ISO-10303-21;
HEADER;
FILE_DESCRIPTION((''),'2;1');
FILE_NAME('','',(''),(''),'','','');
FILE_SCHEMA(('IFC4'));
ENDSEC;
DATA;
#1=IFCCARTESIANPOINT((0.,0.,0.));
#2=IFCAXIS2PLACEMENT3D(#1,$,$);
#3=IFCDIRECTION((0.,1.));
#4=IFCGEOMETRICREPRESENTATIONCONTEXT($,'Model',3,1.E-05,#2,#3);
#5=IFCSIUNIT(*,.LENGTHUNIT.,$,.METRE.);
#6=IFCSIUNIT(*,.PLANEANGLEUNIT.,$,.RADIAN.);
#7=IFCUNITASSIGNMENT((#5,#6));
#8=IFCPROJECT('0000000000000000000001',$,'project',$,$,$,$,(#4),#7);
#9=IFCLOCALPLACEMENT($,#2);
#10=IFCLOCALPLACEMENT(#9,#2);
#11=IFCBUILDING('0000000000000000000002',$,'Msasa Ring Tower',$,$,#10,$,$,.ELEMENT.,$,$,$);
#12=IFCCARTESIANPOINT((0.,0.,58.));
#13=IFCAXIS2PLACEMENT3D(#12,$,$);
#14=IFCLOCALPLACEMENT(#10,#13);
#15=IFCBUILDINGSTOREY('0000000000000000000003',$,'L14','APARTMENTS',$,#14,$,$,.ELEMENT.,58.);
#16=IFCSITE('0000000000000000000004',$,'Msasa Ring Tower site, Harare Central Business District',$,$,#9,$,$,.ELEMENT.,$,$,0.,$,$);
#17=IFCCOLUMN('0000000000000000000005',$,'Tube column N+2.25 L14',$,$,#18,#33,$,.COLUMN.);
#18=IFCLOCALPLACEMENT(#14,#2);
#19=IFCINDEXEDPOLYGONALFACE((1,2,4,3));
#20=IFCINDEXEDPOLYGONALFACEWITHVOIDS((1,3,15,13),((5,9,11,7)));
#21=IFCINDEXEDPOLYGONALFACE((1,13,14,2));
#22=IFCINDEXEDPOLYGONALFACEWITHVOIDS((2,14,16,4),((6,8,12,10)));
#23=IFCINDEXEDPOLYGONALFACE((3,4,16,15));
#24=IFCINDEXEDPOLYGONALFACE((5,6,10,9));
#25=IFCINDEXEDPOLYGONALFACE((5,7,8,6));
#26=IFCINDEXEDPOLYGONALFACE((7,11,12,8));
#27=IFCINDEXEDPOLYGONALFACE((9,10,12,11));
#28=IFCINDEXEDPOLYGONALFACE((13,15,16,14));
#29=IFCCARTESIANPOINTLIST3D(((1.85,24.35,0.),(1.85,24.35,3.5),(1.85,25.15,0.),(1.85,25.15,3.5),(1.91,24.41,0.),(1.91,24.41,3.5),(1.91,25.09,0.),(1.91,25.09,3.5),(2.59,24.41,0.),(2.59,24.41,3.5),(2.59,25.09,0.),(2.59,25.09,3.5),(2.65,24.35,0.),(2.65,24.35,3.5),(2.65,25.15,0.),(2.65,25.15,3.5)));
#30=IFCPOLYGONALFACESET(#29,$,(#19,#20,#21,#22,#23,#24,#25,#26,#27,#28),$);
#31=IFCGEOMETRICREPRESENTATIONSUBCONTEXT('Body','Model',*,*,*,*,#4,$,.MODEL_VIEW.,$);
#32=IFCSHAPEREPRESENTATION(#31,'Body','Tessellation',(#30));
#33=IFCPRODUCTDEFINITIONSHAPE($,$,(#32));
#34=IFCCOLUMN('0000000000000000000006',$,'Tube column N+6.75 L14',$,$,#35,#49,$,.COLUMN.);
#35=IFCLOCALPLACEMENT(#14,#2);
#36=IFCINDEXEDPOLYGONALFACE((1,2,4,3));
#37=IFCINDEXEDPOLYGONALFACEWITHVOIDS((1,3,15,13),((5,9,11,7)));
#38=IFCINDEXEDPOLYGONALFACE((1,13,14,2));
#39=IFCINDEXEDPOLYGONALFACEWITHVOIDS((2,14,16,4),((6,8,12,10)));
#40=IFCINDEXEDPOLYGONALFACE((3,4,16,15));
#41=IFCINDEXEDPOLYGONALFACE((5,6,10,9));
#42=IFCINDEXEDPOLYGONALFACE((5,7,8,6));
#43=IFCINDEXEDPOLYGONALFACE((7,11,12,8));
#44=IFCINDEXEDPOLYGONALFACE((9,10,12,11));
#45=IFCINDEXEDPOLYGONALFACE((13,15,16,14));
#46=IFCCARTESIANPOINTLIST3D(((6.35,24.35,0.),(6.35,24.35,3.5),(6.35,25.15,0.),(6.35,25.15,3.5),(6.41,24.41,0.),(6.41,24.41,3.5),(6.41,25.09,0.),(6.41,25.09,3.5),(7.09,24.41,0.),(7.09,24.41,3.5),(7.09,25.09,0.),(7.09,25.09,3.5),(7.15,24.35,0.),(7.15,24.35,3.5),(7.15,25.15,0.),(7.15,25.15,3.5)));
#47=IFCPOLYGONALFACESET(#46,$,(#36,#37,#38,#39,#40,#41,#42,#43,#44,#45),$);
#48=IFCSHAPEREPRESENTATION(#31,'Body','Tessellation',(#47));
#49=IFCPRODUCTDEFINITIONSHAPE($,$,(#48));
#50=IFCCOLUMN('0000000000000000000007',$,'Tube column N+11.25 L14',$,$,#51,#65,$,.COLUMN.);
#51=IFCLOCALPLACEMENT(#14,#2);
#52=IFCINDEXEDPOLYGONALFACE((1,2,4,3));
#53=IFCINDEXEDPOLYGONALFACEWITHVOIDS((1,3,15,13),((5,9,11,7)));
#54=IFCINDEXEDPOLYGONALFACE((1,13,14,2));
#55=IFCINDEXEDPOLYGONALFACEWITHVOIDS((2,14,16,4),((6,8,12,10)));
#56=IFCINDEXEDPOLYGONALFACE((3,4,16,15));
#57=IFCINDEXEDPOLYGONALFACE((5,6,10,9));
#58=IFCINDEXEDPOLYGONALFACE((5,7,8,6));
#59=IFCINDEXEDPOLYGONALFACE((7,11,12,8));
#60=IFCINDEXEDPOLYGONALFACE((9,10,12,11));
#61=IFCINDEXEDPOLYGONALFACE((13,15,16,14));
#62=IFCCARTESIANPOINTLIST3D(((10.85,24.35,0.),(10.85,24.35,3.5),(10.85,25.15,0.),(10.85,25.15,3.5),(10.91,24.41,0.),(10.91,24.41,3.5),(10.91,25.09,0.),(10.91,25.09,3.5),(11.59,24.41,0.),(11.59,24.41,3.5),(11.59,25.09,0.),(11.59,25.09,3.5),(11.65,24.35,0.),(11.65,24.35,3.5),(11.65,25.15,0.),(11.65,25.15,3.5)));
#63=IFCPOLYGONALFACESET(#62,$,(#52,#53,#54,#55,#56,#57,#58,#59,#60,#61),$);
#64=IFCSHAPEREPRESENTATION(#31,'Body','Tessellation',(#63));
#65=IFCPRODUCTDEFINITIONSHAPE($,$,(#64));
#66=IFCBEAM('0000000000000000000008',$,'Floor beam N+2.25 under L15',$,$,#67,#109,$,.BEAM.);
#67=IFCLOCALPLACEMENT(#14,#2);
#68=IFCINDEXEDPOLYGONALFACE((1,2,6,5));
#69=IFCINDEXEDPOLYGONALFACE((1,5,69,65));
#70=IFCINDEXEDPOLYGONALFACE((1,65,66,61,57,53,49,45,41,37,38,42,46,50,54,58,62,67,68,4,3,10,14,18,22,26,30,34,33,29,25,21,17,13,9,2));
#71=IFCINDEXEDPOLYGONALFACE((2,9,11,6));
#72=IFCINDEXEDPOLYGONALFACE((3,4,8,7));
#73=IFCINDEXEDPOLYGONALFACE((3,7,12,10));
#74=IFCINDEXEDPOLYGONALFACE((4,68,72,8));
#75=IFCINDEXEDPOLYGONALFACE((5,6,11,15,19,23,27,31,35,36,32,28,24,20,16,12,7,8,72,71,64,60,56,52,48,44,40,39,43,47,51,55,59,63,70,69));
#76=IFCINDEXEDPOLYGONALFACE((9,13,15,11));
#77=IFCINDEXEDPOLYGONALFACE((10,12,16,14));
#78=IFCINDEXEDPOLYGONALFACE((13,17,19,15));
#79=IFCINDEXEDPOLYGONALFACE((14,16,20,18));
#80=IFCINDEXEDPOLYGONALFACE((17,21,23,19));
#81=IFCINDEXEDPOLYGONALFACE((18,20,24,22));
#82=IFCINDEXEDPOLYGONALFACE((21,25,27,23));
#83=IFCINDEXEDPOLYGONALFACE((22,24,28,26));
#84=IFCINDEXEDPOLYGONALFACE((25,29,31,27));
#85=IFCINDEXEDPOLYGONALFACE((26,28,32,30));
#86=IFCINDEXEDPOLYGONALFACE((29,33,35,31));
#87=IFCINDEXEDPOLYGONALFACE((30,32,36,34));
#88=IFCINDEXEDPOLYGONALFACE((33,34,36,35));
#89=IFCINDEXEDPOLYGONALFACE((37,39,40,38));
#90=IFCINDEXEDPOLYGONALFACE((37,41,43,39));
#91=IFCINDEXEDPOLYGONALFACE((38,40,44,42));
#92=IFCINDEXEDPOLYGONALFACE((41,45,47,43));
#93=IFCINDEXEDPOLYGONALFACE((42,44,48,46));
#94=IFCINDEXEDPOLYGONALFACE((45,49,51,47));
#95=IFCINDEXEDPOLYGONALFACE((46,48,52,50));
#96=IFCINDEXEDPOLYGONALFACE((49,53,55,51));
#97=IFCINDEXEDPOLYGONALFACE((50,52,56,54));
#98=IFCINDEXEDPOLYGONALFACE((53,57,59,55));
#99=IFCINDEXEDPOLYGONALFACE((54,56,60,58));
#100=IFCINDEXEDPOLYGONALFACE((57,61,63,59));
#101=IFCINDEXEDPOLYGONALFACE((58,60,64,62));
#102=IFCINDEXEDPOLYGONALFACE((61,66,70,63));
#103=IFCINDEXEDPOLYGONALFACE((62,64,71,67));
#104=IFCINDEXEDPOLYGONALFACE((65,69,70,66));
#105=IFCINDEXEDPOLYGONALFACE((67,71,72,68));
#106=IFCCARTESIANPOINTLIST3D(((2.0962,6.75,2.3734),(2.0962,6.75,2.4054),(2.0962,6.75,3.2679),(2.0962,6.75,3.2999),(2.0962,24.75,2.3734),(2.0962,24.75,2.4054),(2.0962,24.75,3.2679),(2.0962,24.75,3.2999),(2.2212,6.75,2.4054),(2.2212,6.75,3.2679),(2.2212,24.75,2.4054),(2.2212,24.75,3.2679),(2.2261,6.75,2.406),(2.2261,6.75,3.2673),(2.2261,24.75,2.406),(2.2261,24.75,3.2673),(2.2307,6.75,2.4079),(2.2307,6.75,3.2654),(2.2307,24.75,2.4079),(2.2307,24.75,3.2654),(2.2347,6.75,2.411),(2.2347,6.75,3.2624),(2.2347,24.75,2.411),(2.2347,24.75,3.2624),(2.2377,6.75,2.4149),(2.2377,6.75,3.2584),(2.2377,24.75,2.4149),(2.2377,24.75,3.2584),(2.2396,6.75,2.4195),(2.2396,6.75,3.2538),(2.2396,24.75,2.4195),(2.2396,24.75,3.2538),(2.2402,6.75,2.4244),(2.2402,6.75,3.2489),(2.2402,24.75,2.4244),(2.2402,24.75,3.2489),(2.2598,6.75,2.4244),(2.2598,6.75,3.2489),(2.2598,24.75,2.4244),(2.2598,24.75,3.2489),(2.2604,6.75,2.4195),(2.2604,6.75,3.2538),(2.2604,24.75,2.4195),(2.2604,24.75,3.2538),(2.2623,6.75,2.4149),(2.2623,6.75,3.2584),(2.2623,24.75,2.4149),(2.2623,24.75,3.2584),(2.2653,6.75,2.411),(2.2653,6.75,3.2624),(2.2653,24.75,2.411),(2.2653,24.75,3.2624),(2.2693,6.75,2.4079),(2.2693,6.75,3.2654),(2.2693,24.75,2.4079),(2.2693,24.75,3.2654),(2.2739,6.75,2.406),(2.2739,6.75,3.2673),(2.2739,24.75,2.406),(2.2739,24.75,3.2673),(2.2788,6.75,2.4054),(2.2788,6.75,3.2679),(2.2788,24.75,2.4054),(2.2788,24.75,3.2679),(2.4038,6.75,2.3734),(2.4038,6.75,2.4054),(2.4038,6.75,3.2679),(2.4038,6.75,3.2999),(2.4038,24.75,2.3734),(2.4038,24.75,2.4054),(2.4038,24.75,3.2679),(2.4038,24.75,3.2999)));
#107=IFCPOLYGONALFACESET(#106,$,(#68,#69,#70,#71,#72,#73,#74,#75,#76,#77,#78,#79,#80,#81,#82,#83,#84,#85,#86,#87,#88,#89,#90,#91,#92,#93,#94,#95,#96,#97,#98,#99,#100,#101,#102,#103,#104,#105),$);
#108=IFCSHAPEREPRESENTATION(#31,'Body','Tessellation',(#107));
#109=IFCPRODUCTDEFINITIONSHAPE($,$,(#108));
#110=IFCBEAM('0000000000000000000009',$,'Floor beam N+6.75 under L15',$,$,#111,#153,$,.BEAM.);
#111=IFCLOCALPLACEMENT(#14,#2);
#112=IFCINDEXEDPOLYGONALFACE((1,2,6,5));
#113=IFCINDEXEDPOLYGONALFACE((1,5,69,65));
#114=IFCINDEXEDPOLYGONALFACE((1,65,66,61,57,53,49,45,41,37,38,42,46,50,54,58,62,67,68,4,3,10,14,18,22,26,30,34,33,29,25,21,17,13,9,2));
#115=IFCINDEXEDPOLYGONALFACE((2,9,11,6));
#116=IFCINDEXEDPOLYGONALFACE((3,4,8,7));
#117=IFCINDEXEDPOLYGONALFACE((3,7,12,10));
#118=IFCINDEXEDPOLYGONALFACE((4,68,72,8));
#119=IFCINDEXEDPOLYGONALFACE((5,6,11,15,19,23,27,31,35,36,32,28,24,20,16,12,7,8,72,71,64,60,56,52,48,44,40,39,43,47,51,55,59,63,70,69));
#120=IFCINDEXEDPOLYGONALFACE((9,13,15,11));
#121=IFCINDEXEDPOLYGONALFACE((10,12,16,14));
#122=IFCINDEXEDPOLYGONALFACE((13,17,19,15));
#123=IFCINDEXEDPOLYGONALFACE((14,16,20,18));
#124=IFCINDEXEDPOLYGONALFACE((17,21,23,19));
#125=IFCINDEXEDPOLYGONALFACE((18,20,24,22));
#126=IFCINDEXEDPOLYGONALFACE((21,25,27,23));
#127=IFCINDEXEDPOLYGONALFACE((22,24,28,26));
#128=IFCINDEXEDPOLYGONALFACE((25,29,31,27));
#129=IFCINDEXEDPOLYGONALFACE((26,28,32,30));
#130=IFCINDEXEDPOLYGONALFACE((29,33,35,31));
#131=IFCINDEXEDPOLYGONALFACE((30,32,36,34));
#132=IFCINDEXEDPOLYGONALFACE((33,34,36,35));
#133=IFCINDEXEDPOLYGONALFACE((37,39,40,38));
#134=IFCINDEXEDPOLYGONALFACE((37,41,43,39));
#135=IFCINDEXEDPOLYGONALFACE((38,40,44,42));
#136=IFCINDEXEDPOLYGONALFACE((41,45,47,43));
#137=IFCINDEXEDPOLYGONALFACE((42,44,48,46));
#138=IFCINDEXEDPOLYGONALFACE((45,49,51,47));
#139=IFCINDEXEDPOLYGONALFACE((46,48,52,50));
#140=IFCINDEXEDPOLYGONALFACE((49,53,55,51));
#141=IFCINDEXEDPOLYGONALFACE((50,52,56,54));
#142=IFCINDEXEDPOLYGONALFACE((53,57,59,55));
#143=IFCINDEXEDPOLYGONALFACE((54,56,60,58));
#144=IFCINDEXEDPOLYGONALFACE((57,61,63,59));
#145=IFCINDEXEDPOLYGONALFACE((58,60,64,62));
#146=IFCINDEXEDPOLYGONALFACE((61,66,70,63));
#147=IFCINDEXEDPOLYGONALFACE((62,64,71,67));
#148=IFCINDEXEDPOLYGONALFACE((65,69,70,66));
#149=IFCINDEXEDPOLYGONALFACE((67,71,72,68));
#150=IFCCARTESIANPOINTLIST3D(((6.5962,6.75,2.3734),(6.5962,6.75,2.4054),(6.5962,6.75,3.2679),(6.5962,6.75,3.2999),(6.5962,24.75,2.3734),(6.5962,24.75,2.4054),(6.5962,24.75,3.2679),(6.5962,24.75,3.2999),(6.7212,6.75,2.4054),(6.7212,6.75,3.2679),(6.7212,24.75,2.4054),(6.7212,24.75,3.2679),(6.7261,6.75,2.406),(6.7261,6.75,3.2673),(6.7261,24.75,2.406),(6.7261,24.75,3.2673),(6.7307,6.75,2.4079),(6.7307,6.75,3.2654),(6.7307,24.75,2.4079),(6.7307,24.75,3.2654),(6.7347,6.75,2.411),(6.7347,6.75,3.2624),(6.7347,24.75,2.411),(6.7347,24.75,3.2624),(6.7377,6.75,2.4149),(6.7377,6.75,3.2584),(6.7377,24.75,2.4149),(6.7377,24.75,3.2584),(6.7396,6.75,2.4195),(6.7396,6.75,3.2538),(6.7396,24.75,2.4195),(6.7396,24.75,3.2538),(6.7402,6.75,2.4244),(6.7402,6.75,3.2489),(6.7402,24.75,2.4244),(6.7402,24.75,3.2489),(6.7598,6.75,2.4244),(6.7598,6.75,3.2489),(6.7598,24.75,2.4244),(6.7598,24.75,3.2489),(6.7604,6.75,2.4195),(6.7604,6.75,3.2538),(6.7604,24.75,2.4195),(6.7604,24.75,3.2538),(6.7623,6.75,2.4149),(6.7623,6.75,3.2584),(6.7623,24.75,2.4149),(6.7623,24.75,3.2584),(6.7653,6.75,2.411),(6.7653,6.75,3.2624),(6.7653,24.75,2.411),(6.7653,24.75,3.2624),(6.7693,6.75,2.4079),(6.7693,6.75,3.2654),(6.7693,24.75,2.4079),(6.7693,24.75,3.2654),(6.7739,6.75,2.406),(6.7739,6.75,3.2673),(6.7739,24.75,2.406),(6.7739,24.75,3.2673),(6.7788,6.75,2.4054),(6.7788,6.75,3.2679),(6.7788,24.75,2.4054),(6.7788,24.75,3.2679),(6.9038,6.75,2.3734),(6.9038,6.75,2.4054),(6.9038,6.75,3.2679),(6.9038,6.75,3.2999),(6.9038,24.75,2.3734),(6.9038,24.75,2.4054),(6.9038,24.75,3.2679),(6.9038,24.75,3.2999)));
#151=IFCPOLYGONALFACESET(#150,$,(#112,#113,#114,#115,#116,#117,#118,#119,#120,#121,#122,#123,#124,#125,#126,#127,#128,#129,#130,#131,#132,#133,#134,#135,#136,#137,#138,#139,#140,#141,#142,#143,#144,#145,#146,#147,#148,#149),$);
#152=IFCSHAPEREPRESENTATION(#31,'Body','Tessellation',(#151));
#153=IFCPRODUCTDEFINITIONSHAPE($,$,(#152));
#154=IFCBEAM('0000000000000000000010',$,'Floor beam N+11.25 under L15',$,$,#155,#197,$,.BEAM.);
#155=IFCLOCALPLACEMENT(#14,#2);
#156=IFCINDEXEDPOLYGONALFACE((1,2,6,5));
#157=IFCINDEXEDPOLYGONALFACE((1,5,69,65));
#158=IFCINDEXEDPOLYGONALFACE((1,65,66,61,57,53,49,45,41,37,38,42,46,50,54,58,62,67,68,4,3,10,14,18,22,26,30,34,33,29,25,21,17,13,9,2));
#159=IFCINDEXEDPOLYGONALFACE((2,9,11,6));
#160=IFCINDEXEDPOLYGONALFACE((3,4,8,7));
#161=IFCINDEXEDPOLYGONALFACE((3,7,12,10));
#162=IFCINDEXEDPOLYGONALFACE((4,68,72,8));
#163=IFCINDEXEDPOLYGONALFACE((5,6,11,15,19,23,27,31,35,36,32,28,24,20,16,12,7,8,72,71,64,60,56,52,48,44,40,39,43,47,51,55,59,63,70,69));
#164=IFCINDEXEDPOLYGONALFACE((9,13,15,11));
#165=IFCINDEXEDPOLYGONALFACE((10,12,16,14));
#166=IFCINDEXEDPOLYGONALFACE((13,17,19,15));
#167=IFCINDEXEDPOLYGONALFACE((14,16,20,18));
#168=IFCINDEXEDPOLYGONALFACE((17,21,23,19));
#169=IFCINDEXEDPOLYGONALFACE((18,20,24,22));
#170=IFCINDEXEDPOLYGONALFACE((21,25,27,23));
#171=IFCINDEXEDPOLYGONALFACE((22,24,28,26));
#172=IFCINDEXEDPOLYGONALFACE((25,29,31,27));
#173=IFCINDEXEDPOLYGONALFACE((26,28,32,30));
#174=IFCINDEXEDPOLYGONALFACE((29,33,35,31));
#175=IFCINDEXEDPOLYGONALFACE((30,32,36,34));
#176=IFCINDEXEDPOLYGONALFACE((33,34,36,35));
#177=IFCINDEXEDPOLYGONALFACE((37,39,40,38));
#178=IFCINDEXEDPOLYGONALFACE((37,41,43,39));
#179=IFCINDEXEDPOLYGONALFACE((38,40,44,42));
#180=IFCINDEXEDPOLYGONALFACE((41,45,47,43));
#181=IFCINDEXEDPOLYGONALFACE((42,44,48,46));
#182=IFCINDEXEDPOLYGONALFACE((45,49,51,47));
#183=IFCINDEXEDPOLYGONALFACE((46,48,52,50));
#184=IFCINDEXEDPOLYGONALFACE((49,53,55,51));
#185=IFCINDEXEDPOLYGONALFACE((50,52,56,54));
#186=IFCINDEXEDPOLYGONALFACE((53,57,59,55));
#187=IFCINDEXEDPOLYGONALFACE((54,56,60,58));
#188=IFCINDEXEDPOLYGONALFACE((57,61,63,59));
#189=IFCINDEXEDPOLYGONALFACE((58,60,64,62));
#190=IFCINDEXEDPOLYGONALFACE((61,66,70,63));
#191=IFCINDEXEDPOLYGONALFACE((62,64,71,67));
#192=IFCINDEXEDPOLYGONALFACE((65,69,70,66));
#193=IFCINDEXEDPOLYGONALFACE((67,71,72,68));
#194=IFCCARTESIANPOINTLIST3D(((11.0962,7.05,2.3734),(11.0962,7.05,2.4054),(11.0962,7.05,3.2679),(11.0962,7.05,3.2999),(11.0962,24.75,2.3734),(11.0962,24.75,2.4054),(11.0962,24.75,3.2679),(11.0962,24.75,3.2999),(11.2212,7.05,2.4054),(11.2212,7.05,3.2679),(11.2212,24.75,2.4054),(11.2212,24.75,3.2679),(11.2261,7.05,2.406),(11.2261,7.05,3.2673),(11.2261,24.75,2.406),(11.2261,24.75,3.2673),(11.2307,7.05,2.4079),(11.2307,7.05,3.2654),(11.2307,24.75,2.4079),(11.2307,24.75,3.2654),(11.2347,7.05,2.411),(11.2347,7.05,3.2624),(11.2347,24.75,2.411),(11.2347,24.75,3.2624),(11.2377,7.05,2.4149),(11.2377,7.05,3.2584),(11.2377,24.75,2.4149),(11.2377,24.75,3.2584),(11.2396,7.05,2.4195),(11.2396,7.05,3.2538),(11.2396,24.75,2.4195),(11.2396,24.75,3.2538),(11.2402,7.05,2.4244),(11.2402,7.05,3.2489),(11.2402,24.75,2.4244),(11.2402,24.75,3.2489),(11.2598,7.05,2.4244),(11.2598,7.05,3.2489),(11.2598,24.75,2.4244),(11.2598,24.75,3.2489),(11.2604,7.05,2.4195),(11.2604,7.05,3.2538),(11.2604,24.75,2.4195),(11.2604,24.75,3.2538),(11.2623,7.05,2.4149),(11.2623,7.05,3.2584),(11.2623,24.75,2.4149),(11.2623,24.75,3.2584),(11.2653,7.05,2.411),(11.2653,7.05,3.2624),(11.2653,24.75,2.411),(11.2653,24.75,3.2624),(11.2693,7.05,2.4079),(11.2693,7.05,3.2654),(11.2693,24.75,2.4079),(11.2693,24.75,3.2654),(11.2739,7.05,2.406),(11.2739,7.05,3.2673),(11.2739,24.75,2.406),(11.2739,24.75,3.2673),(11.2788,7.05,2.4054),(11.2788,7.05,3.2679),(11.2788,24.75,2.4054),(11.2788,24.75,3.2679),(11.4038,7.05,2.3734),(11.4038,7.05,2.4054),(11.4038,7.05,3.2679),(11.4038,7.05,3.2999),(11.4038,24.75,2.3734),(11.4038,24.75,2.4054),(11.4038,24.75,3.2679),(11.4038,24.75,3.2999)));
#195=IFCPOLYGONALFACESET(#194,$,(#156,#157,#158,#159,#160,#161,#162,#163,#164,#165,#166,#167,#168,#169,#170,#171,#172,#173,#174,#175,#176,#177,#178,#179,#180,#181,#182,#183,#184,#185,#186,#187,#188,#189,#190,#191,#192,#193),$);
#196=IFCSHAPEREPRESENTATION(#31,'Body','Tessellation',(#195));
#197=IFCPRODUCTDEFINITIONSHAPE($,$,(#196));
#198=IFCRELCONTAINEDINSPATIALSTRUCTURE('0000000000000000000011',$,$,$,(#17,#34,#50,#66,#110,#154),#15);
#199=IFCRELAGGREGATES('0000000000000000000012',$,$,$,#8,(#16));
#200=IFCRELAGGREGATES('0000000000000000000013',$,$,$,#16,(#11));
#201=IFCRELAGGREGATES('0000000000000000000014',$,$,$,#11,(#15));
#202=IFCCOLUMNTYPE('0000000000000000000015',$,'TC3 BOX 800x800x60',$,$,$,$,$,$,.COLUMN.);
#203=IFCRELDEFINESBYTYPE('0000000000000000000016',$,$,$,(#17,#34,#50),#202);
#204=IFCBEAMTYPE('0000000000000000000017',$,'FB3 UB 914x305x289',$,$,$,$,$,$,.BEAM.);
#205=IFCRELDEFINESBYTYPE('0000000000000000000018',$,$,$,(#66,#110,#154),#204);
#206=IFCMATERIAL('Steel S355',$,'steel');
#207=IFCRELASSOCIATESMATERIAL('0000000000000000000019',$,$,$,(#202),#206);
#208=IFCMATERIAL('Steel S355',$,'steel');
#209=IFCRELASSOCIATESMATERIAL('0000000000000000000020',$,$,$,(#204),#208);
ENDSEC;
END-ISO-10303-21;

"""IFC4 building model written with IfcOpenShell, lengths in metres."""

from ifc_helpers import new_model, si_unit, direction, frame, origin, origin_2d, place, context, subcontext, project, spatial, hollow_rectangle, i_section, extrude, material, material_profile, profile_set, type_object, element, save


model = new_model("IFC4")

# Units and contexts
model_context = context("Model", 3, precision=1e-05, world=origin(), true_north=direction((0.0, 1.0)))
body_context = subcontext(model_context, "Body", "Model", "MODEL_VIEW")
ifc_project = project(units=[si_unit("LENGTHUNIT", "METRE"), si_unit("PLANEANGLEUNIT", "RADIAN")], contexts=[model_context])

# Site, building, storey
site_placement = place(None, origin())
site = spatial("IfcSite", under=ifc_project, at=site_placement, Name="Msasa Ring Tower site, Harare Central Business District", CompositionType="ELEMENT", RefElevation=0.0)
building_placement = place(site_placement, origin())
building = spatial("IfcBuilding", under=site, at=building_placement, Name="Msasa Ring Tower", CompositionType="ELEMENT")
storey_placement = place(building_placement, frame((0.0, 0.0, 58.0)))
storey = spatial("IfcBuildingStorey", under=building, at=storey_placement, Name="L14", Description="APARTMENTS", CompositionType="ELEMENT", Elevation=58.0)

# Columns
ifc_material_1 = material(Name="Steel S355", Category="steel")
ifc_material_profile_1 = material_profile(ifc_material_1, hollow_rectangle(XDim=0.8, YDim=0.8, WallThickness=0.0601, at=origin_2d()), Name="BOX 800x800x60")
ifc_profile_set_1 = profile_set([ifc_material_profile_1], Name="Steel S355")
column_type = type_object("IfcColumnType", Name="TC3 BOX 800x800x60", PredefinedType="COLUMN", material=ifc_profile_set_1)
for number, where, z_axis, x_axis, name in (
    (1, (2.25, 24.75, 0.0), (0.0, 0.0, 1.0), (0.0, 1.0, 0.0), "Tube column N+2.25 L14"),
    (2, (6.75, 24.75, 0.0), (0.0, 0.0, 1.0), (0.0, 1.0, 0.0), "Tube column N+6.75 L14"),
    (3, (11.25, 24.75, 0.0), (0.0, 0.0, 1.0), (0.0, 1.0, 0.0), "Tube column N+11.25 L14"),
):
    element("IfcColumn", number, at=place(storey_placement, frame(where, z_axis=z_axis, x_axis=x_axis)), inside=storey, type_object=column_type, Name=name, PredefinedType="COLUMN", context=body_context, shape_type="SweptSolid", body=[
        extrude(hollow_rectangle(XDim=0.8, YDim=0.8, WallThickness=0.0601, at=origin_2d()), origin(), (0.0, 0.0, 1.0), 3.5),
    ])

# Beams
ifc_material_2 = material(Name="Steel S355", Category="steel")
ifc_material_profile_2 = material_profile(ifc_material_2, i_section(OverallWidth=0.3076, OverallDepth=0.9265, WebThickness=0.0195, FlangeThickness=0.032, FilletRadius=0.019, at=origin_2d()), Name="UB 914x305x289")
ifc_profile_set_2 = profile_set([ifc_material_profile_2], Name="Steel S355")
beam_type_1 = type_object("IfcBeamType", Name="FB3 UB 914x305x289", PredefinedType="BEAM", material=ifc_profile_set_2)
for number, where, z_axis, x_axis, name in (
    (4, (2.25, 24.75, 2.8367), (0.0, -1.0, 0.0), (1.0, 0.0, 0.0), "Floor beam N+2.25 under L15"),
    (5, (6.75, 24.75, 2.8367), (0.0, -1.0, 0.0), (1.0, 0.0, 0.0), "Floor beam N+6.75 under L15"),
):
    element("IfcBeam", number, at=place(storey_placement, frame(where, z_axis=z_axis, x_axis=x_axis)), inside=storey, type_object=beam_type_1, Name=name, PredefinedType="BEAM", context=body_context, shape_type="SweptSolid", body=[
        extrude(i_section(OverallWidth=0.3076, OverallDepth=0.9265, WebThickness=0.0195, FlangeThickness=0.032, FilletRadius=0.019, at=origin_2d()), origin(), (0.0, 0.0, 1.0), 18.0),
    ])
beam_placement = place(storey_placement, frame((11.25, 24.75, 2.8367), z_axis=(0.0, -1.0, 0.0), x_axis=(1.0, 0.0, 0.0)))
element("IfcBeam", 6, at=beam_placement, inside=storey, type_object=beam_type_1, Name="Floor beam N+11.25 under L15", PredefinedType="BEAM", context=body_context, shape_type="SweptSolid", body=[
    extrude(i_section(OverallWidth=0.3076, OverallDepth=0.9265, WebThickness=0.0195, FlangeThickness=0.032, FilletRadius=0.019, at=origin_2d()), origin(), (0.0, 0.0, 1.0), 17.7),
])

save(model, "model.ifc")
